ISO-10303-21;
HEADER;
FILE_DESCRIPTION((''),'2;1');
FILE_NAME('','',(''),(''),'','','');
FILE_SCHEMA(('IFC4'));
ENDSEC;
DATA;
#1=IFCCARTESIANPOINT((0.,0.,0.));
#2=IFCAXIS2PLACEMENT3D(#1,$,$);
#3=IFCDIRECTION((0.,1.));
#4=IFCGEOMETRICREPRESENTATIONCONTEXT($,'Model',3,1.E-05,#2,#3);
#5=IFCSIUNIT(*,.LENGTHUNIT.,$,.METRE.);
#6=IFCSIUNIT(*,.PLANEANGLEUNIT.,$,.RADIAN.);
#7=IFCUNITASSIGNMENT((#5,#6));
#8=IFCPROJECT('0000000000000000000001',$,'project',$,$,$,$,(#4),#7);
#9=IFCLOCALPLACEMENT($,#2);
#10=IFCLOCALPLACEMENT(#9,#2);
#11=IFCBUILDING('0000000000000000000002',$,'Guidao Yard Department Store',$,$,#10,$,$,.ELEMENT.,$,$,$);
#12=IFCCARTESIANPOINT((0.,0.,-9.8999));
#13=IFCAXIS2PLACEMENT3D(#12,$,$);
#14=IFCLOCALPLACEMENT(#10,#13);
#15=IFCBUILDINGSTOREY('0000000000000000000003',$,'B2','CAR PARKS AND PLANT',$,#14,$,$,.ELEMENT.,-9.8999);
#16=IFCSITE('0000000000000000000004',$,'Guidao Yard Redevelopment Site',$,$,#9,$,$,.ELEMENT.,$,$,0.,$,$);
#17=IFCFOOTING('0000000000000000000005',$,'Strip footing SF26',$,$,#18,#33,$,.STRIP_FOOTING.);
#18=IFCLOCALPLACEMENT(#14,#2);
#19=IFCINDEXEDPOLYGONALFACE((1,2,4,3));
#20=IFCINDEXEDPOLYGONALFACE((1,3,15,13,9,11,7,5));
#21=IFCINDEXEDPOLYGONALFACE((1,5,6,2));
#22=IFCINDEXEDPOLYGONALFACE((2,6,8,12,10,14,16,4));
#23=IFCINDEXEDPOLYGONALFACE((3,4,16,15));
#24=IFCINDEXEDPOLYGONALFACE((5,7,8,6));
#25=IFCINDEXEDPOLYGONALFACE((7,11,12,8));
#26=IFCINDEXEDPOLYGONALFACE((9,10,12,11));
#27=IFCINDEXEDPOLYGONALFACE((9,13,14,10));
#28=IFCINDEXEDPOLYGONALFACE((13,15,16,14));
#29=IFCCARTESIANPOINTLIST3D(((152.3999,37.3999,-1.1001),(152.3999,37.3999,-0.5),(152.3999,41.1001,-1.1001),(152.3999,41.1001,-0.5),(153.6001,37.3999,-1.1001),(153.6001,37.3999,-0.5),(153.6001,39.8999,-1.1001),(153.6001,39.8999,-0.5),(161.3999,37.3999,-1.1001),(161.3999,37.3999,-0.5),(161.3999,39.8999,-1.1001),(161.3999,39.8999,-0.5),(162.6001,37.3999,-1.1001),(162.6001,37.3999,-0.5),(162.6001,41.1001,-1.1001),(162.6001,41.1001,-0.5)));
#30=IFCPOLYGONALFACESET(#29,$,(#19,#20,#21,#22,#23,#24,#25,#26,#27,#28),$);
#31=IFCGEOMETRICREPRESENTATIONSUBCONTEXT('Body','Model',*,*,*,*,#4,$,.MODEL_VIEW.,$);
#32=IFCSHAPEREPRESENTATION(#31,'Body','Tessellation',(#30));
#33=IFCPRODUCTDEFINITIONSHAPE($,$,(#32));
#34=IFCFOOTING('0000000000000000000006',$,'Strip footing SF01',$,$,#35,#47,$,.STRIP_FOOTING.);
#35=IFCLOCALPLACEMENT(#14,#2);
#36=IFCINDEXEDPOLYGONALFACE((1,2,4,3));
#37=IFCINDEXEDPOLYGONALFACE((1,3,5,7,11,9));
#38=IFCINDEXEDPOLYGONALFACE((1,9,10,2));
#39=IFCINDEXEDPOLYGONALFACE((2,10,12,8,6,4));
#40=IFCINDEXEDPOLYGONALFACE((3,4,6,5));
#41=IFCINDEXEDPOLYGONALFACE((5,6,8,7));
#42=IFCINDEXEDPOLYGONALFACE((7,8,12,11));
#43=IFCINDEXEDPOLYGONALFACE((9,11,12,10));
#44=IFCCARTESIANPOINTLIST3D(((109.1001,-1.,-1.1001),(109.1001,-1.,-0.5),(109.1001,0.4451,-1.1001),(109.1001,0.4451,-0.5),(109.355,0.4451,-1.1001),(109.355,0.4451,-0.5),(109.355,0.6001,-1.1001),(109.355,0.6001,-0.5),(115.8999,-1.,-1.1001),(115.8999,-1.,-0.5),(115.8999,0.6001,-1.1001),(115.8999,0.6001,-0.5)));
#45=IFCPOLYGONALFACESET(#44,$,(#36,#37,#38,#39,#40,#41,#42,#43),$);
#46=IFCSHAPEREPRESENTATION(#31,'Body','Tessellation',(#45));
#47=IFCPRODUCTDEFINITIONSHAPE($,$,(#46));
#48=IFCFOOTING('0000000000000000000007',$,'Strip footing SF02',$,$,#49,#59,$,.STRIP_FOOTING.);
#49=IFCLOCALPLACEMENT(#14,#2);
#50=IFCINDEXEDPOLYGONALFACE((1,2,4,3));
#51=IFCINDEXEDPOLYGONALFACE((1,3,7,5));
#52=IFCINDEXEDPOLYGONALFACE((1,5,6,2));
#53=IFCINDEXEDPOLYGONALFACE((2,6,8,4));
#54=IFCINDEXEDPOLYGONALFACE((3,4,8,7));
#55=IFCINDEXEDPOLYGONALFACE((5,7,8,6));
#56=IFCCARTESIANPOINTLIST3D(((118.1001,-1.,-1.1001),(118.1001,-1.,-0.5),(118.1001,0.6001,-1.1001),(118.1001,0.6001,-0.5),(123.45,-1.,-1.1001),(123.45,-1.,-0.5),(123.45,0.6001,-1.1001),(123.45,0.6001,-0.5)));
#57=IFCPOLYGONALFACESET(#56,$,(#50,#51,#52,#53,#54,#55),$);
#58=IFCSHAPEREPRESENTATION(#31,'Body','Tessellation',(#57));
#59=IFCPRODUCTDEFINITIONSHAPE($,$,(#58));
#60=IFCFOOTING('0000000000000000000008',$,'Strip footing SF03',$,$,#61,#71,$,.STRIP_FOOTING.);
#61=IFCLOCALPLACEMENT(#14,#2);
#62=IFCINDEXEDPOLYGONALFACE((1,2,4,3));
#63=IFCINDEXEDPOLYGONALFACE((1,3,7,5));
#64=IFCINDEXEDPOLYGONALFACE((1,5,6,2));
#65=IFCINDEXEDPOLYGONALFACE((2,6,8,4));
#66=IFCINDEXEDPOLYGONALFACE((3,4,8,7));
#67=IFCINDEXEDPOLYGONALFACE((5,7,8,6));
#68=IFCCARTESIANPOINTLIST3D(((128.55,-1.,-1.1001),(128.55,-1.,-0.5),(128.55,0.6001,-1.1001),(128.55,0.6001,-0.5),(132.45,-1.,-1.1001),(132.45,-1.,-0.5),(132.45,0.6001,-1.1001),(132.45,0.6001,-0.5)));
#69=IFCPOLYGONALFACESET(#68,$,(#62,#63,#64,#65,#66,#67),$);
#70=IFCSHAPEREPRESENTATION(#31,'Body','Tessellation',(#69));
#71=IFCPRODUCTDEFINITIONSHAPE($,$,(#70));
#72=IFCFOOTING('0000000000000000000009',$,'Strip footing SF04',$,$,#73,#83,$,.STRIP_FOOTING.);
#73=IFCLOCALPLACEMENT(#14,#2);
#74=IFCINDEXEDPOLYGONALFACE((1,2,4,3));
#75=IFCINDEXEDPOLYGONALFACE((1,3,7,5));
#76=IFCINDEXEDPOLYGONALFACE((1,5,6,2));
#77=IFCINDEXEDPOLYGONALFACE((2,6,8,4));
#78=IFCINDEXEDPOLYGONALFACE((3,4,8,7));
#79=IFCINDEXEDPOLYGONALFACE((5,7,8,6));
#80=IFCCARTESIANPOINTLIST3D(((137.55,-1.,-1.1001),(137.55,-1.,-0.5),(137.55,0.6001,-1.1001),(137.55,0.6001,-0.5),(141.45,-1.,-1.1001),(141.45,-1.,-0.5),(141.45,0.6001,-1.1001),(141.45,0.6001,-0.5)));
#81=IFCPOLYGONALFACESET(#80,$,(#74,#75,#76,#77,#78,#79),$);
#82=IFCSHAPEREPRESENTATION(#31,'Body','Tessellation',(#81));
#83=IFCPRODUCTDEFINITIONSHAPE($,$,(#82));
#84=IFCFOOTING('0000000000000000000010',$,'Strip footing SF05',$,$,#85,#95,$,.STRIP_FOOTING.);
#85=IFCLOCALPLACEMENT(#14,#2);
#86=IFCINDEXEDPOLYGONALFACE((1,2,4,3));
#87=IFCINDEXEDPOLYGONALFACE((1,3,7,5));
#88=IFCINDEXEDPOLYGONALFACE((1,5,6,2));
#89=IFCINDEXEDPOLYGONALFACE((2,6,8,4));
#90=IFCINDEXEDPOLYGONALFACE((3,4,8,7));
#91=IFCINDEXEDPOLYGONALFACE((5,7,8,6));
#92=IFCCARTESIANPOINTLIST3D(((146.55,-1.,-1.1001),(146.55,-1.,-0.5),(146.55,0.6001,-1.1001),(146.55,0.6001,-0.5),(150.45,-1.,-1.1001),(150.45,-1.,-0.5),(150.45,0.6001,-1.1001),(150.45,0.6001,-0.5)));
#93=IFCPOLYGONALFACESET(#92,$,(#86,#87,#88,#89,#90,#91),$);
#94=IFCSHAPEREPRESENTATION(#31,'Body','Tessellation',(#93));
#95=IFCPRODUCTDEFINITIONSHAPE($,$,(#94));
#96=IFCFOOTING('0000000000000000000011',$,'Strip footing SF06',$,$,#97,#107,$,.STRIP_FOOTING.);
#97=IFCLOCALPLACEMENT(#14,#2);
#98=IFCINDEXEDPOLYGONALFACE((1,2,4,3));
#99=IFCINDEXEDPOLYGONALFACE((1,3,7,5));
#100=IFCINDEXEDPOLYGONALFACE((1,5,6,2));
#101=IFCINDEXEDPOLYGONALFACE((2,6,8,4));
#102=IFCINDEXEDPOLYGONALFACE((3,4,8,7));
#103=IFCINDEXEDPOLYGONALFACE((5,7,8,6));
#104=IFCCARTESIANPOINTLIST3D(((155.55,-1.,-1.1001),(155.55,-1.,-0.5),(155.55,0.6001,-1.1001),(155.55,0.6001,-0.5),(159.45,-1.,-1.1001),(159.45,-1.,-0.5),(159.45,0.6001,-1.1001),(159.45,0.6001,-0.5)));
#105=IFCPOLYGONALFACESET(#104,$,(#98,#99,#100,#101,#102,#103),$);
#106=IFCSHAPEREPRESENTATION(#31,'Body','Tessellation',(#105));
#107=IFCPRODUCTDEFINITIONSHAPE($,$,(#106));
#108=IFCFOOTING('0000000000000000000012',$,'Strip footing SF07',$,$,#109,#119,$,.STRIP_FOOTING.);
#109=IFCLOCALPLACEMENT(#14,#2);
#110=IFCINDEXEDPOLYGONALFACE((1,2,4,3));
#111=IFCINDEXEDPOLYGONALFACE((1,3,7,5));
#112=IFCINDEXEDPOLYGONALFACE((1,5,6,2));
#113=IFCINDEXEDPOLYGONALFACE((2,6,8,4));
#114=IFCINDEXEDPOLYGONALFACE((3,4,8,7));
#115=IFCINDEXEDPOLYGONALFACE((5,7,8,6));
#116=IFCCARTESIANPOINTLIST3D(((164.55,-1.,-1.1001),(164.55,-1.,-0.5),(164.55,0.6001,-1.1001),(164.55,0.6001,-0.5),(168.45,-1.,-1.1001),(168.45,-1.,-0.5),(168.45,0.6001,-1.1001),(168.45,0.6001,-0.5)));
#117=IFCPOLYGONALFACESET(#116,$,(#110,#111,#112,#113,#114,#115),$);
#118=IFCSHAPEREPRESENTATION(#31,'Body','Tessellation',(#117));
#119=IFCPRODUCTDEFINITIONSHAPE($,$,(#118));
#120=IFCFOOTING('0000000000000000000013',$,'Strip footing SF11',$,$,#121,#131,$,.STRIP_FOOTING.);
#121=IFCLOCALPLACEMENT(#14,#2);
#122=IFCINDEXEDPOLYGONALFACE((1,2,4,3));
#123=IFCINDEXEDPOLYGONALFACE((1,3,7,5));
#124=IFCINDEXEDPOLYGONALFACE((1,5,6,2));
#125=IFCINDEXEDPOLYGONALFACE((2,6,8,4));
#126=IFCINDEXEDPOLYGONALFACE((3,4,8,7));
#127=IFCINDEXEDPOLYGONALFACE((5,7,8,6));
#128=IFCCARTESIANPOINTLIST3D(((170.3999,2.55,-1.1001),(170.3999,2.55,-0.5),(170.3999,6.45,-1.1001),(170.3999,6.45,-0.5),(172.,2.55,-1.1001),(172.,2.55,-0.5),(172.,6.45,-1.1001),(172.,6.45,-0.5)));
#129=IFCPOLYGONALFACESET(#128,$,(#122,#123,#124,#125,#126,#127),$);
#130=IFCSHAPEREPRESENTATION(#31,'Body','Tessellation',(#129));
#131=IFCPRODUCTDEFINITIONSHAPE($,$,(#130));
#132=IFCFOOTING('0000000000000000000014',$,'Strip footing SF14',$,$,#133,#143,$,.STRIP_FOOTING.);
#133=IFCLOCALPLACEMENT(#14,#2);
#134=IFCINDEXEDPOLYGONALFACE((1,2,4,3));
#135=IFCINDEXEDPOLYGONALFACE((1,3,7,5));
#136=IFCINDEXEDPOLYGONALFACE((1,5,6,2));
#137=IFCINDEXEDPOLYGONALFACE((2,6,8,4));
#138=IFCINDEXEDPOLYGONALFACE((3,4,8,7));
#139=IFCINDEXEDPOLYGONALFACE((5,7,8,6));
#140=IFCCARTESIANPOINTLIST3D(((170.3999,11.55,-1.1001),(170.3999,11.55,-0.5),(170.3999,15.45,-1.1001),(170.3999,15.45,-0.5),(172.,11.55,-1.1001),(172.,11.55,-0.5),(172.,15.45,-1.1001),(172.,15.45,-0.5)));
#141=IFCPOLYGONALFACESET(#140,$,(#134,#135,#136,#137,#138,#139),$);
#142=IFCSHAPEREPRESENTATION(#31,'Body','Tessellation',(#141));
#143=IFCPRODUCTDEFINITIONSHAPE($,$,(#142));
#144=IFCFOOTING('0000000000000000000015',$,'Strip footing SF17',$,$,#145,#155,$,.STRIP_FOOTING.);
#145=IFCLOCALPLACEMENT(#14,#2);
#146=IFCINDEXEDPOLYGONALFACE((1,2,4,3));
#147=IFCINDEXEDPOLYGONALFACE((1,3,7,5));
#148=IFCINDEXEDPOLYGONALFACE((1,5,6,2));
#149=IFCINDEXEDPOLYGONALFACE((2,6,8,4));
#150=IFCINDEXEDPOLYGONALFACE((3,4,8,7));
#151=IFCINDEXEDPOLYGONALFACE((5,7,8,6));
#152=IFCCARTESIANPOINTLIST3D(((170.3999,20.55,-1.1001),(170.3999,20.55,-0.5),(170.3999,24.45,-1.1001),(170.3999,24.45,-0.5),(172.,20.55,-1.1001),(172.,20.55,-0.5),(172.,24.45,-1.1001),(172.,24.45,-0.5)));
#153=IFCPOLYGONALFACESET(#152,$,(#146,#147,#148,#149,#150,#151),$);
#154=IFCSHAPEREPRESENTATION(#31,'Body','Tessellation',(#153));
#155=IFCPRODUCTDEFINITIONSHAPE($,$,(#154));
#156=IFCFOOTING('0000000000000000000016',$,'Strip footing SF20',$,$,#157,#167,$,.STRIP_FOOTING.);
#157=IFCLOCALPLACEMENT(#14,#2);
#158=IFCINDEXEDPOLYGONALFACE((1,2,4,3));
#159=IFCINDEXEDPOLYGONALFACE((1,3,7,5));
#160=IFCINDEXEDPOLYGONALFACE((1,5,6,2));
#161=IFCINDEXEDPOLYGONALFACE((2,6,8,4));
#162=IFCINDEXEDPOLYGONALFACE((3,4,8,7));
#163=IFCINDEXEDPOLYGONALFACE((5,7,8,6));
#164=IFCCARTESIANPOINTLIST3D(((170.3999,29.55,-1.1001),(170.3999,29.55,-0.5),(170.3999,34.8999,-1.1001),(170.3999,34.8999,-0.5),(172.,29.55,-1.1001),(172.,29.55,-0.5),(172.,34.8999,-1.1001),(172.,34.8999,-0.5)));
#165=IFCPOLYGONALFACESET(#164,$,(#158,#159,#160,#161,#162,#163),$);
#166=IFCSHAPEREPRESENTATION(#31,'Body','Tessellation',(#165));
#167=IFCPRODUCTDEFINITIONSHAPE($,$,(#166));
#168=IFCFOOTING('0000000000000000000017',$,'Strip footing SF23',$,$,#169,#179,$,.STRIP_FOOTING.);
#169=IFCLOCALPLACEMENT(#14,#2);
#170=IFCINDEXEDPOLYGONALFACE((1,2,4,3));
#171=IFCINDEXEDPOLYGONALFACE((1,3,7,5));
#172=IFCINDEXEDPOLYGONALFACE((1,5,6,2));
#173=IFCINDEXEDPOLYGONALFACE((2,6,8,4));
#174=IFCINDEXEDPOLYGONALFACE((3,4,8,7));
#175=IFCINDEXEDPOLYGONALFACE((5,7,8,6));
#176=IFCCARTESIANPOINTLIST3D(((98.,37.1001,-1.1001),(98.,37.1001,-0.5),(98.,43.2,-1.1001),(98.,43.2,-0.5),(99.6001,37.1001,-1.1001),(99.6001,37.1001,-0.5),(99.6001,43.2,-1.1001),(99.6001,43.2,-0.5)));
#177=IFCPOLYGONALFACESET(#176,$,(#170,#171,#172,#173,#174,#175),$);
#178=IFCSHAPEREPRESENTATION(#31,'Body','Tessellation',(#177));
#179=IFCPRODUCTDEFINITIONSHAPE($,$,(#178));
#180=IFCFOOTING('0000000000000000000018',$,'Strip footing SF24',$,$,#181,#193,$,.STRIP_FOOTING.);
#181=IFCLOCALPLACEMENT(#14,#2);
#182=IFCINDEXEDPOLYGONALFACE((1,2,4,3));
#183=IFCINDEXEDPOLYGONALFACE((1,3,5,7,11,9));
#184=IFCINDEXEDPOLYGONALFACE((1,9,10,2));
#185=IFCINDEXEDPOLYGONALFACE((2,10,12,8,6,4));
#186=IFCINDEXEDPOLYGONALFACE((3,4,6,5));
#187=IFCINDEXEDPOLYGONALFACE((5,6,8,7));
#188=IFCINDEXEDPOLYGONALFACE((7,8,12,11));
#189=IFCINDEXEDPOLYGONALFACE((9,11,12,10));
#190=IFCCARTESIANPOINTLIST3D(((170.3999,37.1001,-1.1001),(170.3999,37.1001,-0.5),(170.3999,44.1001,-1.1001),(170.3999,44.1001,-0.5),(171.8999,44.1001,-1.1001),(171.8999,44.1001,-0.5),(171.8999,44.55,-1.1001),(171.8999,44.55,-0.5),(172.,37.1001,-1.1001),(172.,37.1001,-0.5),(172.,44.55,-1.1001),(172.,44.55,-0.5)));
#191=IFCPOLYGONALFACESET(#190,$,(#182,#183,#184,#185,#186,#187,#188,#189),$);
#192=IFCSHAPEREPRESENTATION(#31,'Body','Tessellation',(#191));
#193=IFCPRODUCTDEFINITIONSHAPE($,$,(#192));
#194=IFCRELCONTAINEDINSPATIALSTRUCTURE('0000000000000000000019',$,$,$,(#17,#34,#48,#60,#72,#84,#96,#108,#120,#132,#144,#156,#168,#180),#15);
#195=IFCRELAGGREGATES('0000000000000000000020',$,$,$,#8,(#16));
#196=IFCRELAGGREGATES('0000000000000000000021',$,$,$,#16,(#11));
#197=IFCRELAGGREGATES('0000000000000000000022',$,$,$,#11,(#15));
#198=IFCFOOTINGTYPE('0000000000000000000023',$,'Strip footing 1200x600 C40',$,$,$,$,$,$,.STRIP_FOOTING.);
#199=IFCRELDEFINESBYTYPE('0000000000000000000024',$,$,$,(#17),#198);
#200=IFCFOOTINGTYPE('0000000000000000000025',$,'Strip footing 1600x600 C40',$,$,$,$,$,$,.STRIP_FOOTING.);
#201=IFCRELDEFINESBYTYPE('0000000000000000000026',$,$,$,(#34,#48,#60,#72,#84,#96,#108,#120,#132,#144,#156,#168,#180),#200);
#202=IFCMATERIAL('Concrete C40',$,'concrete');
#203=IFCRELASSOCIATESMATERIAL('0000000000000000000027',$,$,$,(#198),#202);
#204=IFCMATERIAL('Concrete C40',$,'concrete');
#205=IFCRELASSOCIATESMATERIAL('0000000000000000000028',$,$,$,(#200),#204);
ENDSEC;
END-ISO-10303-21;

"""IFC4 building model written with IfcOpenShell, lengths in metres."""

from ifc_helpers import new_model, si_unit, direction, frame, origin, place, context, subcontext, project, spatial, polyline, outline, extrude, material, type_object, element, save


model = new_model("IFC4")

# Units and contexts
model_context = context("Model", 3, precision=1e-05, world=origin(), true_north=direction((0.0, 1.0)))
body_context = subcontext(model_context, "Body", "Model", "MODEL_VIEW")
ifc_project = project(units=[si_unit("LENGTHUNIT", "METRE"), si_unit("PLANEANGLEUNIT", "RADIAN")], contexts=[model_context])

# Site, building, storey
site_placement = place(None, origin())
site = spatial("IfcSite", under=ifc_project, at=site_placement, Name="Guidao Yard Redevelopment Site", CompositionType="ELEMENT", RefElevation=0.0)
building_placement = place(site_placement, origin())
building = spatial("IfcBuilding", under=site, at=building_placement, Name="Guidao Yard Department Store", CompositionType="ELEMENT")
storey_placement = place(building_placement, frame((0.0, 0.0, -9.8999)))
storey = spatial("IfcBuildingStorey", under=building, at=storey_placement, Name="B2", Description="CAR PARKS AND PLANT", CompositionType="ELEMENT", Elevation=-9.8999)

# Footings
ifc_material_1 = material(Name="Concrete C40", Category="concrete")
footing_type_1 = type_object("IfcFootingType", Name="Strip footing 1200x600 C40", PredefinedType="STRIP_FOOTING", material=ifc_material_1)
footing_1_placement = place(storey_placement, frame((0.0, 0.0, -1.1001)))
element("IfcFooting", 1, at=footing_1_placement, inside=storey, type_object=footing_type_1, Name="Strip footing SF26", PredefinedType="STRIP_FOOTING", context=body_context, shape_type="SweptSolid", body=[
    extrude(outline(polyline([(162.6001, 41.1001), (152.3999, 41.1001), (152.3999, 37.3999), (153.6001, 37.3999), (153.6001, 39.8999), (161.3999, 39.8999), (161.3999, 37.3999), (162.6001, 37.3999), (162.6001, 41.1001)])), origin(), (0.0, 0.0, 1.0), 0.6001),
])
ifc_material_2 = material(Name="Concrete C40", Category="concrete")
footing_type_2 = type_object("IfcFootingType", Name="Strip footing 1600x600 C40", PredefinedType="STRIP_FOOTING", material=ifc_material_2)
footing_2_placement = place(storey_placement, frame((0.0, 0.0, -1.1001)))
element("IfcFooting", 2, at=footing_2_placement, inside=storey, type_object=footing_type_2, Name="Strip footing SF01", PredefinedType="STRIP_FOOTING", context=body_context, shape_type="SweptSolid", body=[
    extrude(outline(polyline([(109.1001, -1.0), (115.8999, -1.0), (115.8999, 0.6001), (109.355, 0.6001), (109.355, 0.4451), (109.1001, 0.4451), (109.1001, -1.0)])), origin(), (0.0, 0.0, 1.0), 0.6001),
])
footing_3_placement = place(storey_placement, frame((0.0, 0.0, -1.1001)))
element("IfcFooting", 3, at=footing_3_placement, inside=storey, type_object=footing_type_2, Name="Strip footing SF02", PredefinedType="STRIP_FOOTING", context=body_context, shape_type="SweptSolid", body=[
    extrude(outline(polyline([(118.1001, -1.0), (123.45, -1.0), (123.45, 0.6001), (118.1001, 0.6001), (118.1001, -1.0)])), origin(), (0.0, 0.0, 1.0), 0.6001),
])
footing_4_placement = place(storey_placement, frame((0.0, 0.0, -1.1001)))
element("IfcFooting", 4, at=footing_4_placement, inside=storey, type_object=footing_type_2, Name="Strip footing SF03", PredefinedType="STRIP_FOOTING", context=body_context, shape_type="SweptSolid", body=[
    extrude(outline(polyline([(128.55, -1.0), (132.45, -1.0), (132.45, 0.6001), (128.55, 0.6001), (128.55, -1.0)])), origin(), (0.0, 0.0, 1.0), 0.6001),
])
footing_5_placement = place(storey_placement, frame((0.0, 0.0, -1.1001)))
element("IfcFooting", 5, at=footing_5_placement, inside=storey, type_object=footing_type_2, Name="Strip footing SF04", PredefinedType="STRIP_FOOTING", context=body_context, shape_type="SweptSolid", body=[
    extrude(outline(polyline([(141.45, 0.6001), (137.55, 0.6001), (137.55, -1.0), (141.45, -1.0), (141.45, 0.6001)])), origin(), (0.0, 0.0, 1.0), 0.6001),
])
footing_6_placement = place(storey_placement, frame((0.0, 0.0, -1.1001)))
element("IfcFooting", 6, at=footing_6_placement, inside=storey, type_object=footing_type_2, Name="Strip footing SF05", PredefinedType="STRIP_FOOTING", context=body_context, shape_type="SweptSolid", body=[
    extrude(outline(polyline([(146.55, -1.0), (150.45, -1.0), (150.45, 0.6001), (146.55, 0.6001), (146.55, -1.0)])), origin(), (0.0, 0.0, 1.0), 0.6001),
])
footing_7_placement = place(storey_placement, frame((0.0, 0.0, -1.1001)))
element("IfcFooting", 7, at=footing_7_placement, inside=storey, type_object=footing_type_2, Name="Strip footing SF06", PredefinedType="STRIP_FOOTING", context=body_context, shape_type="SweptSolid", body=[
    extrude(outline(polyline([(155.55, -1.0), (159.45, -1.0), (159.45, 0.6001), (155.55, 0.6001), (155.55, -1.0)])), origin(), (0.0, 0.0, 1.0), 0.6001),
])
footing_8_placement = place(storey_placement, frame((0.0, 0.0, -1.1001)))
element("IfcFooting", 8, at=footing_8_placement, inside=storey, type_object=footing_type_2, Name="Strip footing SF07", PredefinedType="STRIP_FOOTING", context=body_context, shape_type="SweptSolid", body=[
    extrude(outline(polyline([(164.55, -1.0), (168.45, -1.0), (168.45, 0.6001), (164.55, 0.6001), (164.55, -1.0)])), origin(), (0.0, 0.0, 1.0), 0.6001),
])
footing_9_placement = place(storey_placement, frame((0.0, 0.0, -1.1001)))
element("IfcFooting", 9, at=footing_9_placement, inside=storey, type_object=footing_type_2, Name="Strip footing SF11", PredefinedType="STRIP_FOOTING", context=body_context, shape_type="SweptSolid", body=[
    extrude(outline(polyline([(170.3999, 6.45), (170.3999, 2.55), (172.0, 2.55), (172.0, 6.45), (170.3999, 6.45)])), origin(), (0.0, 0.0, 1.0), 0.6001),
])
footing_10_placement = place(storey_placement, frame((0.0, 0.0, -1.1001)))
element("IfcFooting", 10, at=footing_10_placement, inside=storey, type_object=footing_type_2, Name="Strip footing SF14", PredefinedType="STRIP_FOOTING", context=body_context, shape_type="SweptSolid", body=[
    extrude(outline(polyline([(172.0, 11.55), (172.0, 15.45), (170.3999, 15.45), (170.3999, 11.55), (172.0, 11.55)])), origin(), (0.0, 0.0, 1.0), 0.6001),
])
footing_11_placement = place(storey_placement, frame((0.0, 0.0, -1.1001)))
element("IfcFooting", 11, at=footing_11_placement, inside=storey, type_object=footing_type_2, Name="Strip footing SF17", PredefinedType="STRIP_FOOTING", context=body_context, shape_type="SweptSolid", body=[
    extrude(outline(polyline([(172.0, 20.55), (172.0, 24.45), (170.3999, 24.45), (170.3999, 20.55), (172.0, 20.55)])), origin(), (0.0, 0.0, 1.0), 0.6001),
])
footing_12_placement = place(storey_placement, frame((0.0, 0.0, -1.1001)))
element("IfcFooting", 12, at=footing_12_placement, inside=storey, type_object=footing_type_2, Name="Strip footing SF20", PredefinedType="STRIP_FOOTING", context=body_context, shape_type="SweptSolid", body=[
    extrude(outline(polyline([(172.0, 29.55), (172.0, 34.8999), (170.3999, 34.8999), (170.3999, 29.55), (172.0, 29.55)])), origin(), (0.0, 0.0, 1.0), 0.6001),
])
footing_13_placement = place(storey_placement, frame((0.0, 0.0, -1.1001)))
element("IfcFooting", 13, at=footing_13_placement, inside=storey, type_object=footing_type_2, Name="Strip footing SF23", PredefinedType="STRIP_FOOTING", context=body_context, shape_type="SweptSolid", body=[
    extrude(outline(polyline([(99.6001, 37.1001), (99.6001, 43.2), (98.0, 43.2), (98.0, 37.1001), (99.6001, 37.1001)])), origin(), (0.0, 0.0, 1.0), 0.6001),
])
footing_14_placement = place(storey_placement, frame((0.0, 0.0, -1.1001)))
element("IfcFooting", 14, at=footing_14_placement, inside=storey, type_object=footing_type_2, Name="Strip footing SF24", PredefinedType="STRIP_FOOTING", context=body_context, shape_type="SweptSolid", body=[
    extrude(outline(polyline([(172.0, 44.55), (171.8999, 44.55), (171.8999, 44.1001), (170.3999, 44.1001), (170.3999, 37.1001), (172.0, 37.1001), (172.0, 44.55)])), origin(), (0.0, 0.0, 1.0), 0.6001),
])

save(model, "model.ifc")
